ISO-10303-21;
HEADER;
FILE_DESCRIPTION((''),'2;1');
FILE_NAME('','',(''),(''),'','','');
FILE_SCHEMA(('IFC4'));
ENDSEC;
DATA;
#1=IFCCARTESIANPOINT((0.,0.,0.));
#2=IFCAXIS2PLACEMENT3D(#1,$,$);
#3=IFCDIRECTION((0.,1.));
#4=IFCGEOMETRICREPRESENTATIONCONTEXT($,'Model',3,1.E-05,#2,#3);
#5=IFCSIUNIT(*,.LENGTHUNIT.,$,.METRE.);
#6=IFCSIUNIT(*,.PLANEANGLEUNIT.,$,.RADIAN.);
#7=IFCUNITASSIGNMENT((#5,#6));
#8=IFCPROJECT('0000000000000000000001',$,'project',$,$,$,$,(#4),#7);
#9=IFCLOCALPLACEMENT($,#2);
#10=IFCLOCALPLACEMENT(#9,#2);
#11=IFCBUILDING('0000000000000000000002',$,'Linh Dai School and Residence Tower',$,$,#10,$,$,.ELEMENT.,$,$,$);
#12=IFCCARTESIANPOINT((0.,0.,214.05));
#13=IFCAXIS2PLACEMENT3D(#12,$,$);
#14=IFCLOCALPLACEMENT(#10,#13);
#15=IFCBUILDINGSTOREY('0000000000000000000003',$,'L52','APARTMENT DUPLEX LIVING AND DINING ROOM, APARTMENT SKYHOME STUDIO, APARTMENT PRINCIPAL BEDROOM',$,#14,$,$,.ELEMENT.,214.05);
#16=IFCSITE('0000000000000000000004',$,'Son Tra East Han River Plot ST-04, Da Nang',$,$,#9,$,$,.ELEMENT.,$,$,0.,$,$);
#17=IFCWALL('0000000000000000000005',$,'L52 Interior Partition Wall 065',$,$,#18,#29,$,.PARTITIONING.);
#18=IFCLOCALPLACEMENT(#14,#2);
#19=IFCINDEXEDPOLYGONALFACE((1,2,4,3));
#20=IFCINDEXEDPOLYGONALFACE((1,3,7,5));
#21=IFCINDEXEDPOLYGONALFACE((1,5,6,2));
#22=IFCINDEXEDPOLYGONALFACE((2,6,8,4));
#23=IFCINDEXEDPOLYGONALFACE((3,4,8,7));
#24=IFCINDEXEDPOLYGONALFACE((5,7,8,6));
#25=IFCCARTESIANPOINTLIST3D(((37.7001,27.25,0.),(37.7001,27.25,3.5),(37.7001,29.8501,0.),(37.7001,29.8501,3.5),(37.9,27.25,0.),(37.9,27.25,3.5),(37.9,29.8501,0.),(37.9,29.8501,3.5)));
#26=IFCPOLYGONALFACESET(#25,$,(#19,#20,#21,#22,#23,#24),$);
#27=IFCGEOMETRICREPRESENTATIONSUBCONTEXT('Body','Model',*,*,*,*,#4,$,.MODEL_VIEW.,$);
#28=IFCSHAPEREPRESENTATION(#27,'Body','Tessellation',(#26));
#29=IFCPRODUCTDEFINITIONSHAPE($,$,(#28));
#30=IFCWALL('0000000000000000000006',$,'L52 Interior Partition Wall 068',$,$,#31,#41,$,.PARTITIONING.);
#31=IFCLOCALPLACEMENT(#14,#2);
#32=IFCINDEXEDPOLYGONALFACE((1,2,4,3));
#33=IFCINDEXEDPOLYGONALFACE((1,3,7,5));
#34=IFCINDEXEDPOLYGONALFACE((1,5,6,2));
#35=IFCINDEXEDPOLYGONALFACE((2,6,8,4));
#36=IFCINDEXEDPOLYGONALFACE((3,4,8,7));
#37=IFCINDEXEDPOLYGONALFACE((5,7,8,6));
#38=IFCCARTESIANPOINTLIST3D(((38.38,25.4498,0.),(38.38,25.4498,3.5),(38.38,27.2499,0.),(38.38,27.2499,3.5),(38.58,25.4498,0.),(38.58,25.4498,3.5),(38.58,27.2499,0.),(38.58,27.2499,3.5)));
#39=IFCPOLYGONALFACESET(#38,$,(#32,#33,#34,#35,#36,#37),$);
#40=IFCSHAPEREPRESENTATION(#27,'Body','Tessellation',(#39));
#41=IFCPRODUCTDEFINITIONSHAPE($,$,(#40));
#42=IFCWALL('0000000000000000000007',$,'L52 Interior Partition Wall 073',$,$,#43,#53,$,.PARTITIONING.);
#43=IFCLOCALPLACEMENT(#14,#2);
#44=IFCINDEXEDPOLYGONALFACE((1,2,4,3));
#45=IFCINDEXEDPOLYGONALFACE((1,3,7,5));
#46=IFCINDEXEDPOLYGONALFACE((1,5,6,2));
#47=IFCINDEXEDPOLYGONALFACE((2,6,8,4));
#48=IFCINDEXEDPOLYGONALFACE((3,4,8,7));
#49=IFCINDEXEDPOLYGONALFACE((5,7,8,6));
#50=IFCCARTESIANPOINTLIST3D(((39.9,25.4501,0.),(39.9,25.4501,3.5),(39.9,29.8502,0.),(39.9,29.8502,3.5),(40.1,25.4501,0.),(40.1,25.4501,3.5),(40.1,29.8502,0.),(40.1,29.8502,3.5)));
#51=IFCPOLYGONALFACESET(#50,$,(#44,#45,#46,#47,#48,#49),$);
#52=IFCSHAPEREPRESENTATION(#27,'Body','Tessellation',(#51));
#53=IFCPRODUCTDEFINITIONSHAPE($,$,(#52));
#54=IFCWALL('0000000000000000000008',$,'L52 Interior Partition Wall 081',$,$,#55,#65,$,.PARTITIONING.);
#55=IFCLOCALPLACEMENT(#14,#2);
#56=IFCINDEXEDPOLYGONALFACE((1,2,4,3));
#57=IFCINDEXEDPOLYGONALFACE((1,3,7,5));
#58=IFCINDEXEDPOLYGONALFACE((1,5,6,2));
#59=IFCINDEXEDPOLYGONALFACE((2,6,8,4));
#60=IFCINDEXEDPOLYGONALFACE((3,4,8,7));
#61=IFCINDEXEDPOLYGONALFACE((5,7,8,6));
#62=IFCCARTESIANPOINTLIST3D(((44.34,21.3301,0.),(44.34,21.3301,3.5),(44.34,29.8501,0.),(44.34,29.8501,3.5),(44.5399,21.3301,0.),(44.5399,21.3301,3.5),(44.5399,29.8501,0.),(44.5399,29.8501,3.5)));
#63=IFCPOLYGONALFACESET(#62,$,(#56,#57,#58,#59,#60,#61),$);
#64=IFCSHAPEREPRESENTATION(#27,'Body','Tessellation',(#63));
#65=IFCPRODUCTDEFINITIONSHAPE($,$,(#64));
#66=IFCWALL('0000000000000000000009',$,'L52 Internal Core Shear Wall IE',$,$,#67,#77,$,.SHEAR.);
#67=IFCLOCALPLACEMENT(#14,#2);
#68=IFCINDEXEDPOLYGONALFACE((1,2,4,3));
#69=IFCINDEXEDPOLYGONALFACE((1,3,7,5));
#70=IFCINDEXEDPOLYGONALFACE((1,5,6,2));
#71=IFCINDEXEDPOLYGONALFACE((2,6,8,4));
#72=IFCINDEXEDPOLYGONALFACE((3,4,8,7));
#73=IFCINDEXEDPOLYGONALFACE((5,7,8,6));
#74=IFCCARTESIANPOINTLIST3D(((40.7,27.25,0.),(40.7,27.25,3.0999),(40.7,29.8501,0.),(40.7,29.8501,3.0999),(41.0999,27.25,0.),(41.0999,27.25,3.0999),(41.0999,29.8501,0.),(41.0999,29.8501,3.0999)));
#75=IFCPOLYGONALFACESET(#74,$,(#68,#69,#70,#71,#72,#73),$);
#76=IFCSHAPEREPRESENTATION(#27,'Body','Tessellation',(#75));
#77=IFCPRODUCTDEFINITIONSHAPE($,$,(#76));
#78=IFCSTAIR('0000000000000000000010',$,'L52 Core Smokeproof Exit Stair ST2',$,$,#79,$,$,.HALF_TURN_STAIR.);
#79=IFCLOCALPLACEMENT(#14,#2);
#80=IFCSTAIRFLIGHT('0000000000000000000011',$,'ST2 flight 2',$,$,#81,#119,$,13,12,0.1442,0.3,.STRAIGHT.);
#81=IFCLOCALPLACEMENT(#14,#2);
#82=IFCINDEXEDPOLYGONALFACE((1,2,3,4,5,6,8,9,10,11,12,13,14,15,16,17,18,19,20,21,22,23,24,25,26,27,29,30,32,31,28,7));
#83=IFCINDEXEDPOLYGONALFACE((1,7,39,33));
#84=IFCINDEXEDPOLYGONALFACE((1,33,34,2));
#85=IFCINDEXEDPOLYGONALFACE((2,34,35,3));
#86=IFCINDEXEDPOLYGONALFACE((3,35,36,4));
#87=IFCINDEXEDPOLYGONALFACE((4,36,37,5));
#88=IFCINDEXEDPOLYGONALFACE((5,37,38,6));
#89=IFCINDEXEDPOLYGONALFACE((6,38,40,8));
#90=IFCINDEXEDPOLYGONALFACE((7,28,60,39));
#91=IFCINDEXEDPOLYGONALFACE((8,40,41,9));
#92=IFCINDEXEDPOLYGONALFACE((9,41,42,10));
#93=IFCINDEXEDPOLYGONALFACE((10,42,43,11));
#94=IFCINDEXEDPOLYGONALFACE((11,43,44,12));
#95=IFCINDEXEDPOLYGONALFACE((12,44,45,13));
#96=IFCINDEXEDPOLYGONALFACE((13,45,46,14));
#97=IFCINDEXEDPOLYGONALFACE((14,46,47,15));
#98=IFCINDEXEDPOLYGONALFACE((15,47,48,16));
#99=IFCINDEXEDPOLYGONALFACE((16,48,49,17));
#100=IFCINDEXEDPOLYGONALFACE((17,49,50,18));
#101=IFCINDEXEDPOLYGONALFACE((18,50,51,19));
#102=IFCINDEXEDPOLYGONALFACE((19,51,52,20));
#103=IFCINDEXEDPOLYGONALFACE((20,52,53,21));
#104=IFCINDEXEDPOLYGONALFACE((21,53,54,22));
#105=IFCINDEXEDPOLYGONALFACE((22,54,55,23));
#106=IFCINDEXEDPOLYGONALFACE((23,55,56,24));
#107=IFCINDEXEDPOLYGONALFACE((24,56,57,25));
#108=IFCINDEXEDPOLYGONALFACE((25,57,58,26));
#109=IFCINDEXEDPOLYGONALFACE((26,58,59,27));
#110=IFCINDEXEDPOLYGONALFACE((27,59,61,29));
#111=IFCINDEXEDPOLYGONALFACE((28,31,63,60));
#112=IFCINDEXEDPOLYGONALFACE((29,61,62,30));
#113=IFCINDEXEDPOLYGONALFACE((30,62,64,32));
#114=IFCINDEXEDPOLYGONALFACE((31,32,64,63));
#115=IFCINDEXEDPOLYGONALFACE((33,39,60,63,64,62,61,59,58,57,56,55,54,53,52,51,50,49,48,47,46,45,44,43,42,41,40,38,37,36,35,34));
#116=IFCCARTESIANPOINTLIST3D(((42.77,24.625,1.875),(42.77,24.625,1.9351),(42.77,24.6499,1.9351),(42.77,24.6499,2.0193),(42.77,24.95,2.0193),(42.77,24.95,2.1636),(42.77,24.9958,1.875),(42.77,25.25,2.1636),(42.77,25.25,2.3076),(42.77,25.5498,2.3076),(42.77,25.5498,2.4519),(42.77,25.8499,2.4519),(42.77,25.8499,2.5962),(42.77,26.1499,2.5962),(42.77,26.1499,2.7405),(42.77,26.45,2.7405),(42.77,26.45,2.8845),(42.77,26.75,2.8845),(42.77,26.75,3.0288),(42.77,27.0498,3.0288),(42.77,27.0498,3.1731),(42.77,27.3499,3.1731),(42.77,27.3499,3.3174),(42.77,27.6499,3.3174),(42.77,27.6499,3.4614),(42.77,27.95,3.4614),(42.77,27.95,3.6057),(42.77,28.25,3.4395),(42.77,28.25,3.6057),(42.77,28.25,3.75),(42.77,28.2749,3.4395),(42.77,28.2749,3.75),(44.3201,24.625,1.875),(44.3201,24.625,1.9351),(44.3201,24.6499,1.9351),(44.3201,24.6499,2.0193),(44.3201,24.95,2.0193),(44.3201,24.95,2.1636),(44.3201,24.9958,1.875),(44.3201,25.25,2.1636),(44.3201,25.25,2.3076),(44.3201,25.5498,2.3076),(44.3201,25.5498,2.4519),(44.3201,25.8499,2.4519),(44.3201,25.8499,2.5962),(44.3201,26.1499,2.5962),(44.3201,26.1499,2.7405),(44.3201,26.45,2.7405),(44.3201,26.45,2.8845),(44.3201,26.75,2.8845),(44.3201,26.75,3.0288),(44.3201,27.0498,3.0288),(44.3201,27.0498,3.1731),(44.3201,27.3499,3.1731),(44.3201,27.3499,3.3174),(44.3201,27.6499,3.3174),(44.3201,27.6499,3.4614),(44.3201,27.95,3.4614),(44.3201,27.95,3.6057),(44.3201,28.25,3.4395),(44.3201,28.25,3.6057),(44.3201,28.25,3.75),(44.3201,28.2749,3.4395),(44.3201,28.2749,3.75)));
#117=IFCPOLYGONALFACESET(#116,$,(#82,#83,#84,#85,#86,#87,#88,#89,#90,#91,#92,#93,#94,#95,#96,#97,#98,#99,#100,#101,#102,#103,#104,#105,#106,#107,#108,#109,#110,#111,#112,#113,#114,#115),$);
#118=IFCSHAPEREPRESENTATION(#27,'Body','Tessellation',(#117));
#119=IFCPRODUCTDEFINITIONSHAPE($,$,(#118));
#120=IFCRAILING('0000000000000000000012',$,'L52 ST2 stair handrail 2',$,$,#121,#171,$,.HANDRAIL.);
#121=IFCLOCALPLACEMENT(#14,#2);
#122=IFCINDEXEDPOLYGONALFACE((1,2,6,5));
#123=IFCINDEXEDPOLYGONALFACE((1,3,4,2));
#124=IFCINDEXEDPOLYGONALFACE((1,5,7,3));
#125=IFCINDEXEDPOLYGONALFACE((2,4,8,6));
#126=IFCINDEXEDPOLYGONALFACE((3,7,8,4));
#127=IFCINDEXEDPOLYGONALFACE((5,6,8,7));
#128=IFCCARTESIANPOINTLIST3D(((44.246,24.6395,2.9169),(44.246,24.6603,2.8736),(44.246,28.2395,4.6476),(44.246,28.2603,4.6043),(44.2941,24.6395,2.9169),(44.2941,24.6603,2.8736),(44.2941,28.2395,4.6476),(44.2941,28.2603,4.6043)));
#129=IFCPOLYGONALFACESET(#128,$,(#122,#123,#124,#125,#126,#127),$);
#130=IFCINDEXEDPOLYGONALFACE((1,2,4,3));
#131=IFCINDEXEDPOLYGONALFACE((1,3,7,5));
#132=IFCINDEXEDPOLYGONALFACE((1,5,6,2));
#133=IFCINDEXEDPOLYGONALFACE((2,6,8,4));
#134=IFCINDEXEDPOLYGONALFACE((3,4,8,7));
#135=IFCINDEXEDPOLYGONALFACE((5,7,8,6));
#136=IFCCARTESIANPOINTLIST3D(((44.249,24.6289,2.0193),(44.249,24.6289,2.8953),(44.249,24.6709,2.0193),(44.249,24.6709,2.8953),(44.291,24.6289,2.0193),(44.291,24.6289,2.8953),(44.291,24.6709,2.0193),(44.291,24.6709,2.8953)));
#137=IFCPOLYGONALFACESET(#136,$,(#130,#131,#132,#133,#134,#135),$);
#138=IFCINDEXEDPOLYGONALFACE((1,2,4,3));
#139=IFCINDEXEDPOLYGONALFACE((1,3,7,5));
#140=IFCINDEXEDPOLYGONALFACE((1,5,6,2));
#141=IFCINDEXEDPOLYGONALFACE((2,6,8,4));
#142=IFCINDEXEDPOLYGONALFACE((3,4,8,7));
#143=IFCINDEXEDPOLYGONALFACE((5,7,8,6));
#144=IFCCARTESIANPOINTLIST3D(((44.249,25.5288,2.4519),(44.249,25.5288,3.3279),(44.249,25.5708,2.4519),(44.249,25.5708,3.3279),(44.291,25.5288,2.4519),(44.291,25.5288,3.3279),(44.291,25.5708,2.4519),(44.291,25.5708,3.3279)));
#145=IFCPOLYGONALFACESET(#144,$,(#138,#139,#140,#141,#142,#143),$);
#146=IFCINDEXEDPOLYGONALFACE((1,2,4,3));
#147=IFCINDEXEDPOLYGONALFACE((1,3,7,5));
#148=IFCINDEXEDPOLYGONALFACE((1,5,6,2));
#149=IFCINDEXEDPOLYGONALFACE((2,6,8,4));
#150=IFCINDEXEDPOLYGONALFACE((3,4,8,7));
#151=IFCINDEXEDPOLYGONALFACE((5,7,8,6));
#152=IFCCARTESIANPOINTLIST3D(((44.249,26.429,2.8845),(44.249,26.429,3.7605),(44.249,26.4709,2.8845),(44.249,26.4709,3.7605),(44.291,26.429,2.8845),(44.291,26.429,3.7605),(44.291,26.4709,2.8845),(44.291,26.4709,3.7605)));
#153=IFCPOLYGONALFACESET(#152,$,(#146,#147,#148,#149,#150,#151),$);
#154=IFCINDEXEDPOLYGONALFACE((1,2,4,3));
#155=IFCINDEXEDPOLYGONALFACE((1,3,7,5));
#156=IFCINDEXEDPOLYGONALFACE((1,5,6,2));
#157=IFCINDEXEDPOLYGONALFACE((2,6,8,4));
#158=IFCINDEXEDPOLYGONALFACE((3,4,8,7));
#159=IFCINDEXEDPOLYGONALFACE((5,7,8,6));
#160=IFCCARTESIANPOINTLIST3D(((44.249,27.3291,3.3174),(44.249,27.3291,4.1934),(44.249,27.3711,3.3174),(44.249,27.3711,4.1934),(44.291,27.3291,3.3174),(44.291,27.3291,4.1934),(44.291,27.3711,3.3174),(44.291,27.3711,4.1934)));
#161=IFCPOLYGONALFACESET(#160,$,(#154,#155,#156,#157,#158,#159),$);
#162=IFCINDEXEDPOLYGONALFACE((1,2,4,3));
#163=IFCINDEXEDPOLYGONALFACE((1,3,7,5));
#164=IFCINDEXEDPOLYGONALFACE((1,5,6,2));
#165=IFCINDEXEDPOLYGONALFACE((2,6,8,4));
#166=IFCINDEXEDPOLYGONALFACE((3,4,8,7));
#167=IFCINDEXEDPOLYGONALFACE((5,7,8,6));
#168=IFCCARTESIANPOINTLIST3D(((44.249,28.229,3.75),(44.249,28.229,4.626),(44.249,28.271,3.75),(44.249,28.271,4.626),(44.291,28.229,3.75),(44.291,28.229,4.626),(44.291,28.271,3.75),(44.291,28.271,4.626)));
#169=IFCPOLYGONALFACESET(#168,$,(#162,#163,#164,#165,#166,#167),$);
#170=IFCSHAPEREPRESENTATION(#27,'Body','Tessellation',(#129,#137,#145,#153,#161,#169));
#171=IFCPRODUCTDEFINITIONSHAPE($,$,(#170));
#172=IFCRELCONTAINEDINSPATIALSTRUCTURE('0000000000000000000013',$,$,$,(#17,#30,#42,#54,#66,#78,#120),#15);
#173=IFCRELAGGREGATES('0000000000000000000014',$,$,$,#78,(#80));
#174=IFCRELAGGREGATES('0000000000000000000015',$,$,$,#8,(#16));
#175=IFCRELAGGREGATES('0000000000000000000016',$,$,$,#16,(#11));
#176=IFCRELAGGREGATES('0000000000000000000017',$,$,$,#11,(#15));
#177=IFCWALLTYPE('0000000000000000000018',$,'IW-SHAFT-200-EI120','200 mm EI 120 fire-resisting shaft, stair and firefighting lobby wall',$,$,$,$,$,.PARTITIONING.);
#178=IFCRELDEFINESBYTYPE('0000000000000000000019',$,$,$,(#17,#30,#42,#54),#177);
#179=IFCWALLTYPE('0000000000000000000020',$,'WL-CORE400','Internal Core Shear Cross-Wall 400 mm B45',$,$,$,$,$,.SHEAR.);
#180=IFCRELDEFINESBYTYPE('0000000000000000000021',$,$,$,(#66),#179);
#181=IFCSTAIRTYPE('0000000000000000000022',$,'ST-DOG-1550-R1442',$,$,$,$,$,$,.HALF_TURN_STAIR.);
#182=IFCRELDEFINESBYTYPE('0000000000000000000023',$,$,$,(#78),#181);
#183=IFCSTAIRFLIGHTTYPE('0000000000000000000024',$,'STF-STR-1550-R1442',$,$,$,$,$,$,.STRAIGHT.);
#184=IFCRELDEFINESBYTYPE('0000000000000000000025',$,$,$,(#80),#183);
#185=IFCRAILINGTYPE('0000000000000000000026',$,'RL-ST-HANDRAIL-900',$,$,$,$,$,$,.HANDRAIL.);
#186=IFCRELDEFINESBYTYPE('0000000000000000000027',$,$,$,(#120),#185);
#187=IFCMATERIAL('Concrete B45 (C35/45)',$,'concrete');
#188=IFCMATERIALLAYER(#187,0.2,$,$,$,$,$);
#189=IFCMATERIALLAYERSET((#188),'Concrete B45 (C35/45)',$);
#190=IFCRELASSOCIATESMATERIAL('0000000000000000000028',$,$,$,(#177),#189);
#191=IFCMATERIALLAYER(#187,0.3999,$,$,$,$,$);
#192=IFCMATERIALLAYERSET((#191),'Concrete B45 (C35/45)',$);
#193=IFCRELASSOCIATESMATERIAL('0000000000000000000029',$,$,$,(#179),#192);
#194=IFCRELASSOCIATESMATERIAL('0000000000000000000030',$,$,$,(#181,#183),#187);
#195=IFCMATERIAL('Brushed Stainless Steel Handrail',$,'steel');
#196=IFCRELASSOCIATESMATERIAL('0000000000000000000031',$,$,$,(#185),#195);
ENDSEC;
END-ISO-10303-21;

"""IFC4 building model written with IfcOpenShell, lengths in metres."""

from ifc_helpers import new_model, si_unit, direction, frame, frame_2d, origin, origin_2d, place, context, subcontext, project, spatial, polyline, rectangle, outline, extrude, source, transform, mapped, material, layer, layer_set, type_object, element, aggregate, save


model = new_model("IFC4")

# Units and contexts
model_context = context("Model", 3, precision=1e-05, world=origin(), true_north=direction((0.0, 1.0)))
body_context = subcontext(model_context, "Body", "Model", "MODEL_VIEW")
ifc_project = project(units=[si_unit("LENGTHUNIT", "METRE"), si_unit("PLANEANGLEUNIT", "RADIAN")], contexts=[model_context])

# Site, building, storey
site_placement = place(None, origin())
site = spatial("IfcSite", under=ifc_project, at=site_placement, Name="Son Tra East Han River Plot ST-04, Da Nang", CompositionType="ELEMENT", RefElevation=0.0)
building_placement = place(site_placement, origin())
building = spatial("IfcBuilding", under=site, at=building_placement, Name="Linh Dai School and Residence Tower", CompositionType="ELEMENT")
storey_placement = place(building_placement, frame((0.0, 0.0, 214.05)))
storey = spatial("IfcBuildingStorey", under=building, at=storey_placement, Name="L52", Description="APARTMENT DUPLEX LIVING AND DINING ROOM, APARTMENT SKYHOME STUDIO, APARTMENT PRINCIPAL BEDROOM", CompositionType="ELEMENT", Elevation=214.05)

# Walls
ifc_material_1 = material(Name="Concrete B45 (C35/45)", Category="concrete")
ifc_layer_1 = layer(ifc_material_1, 0.2)
ifc_layer_set_1 = layer_set([ifc_layer_1], Name="Concrete B45 (C35/45)")
wall_type_1 = type_object("IfcWallType", Name="IW-SHAFT-200-EI120", Description="200 mm EI 120 fire-resisting shaft, stair and firefighting lobby wall", PredefinedType="PARTITIONING", material=ifc_layer_set_1)
wall_1_placement = place(storey_placement, frame((37.8, 27.25, 0.0), z_axis=(0.0, 0.0, 1.0), x_axis=(0.0, 1.0, 0.0)))
element("IfcWall", 1, at=wall_1_placement, inside=storey, type_object=wall_type_1, Name="L52 Interior Partition Wall 065", PredefinedType="PARTITIONING", context=body_context, shape_type="SweptSolid", body=[
    extrude(rectangle(XDim=2.6001, YDim=0.2, at=frame_2d((1.3, 0.0))), origin(), (0.0, 0.0, 1.0), 3.5),
])
wall_2_placement = place(storey_placement, frame((38.48, 25.45, 0.0), z_axis=(0.0, 0.0, 1.0), x_axis=(0.0, 1.0, 0.0)))
element("IfcWall", 2, at=wall_2_placement, inside=storey, type_object=wall_type_1, Name="L52 Interior Partition Wall 068", PredefinedType="PARTITIONING", context=body_context, shape_type="SweptSolid", body=[
    extrude(rectangle(XDim=1.8, YDim=0.2, at=frame_2d((0.8999, 0.0))), origin(), (0.0, 0.0, 1.0), 3.5),
])
wall_3_placement = place(storey_placement, frame((40.0, 25.45, 0.0), z_axis=(0.0, 0.0, 1.0), x_axis=(0.0, 1.0, 0.0)))
element("IfcWall", 3, at=wall_3_placement, inside=storey, type_object=wall_type_1, Name="L52 Interior Partition Wall 073", PredefinedType="PARTITIONING", context=body_context, shape_type="SweptSolid", body=[
    extrude(rectangle(XDim=4.4001, YDim=0.2, at=frame_2d((2.2002, 0.0))), origin(), (0.0, 0.0, 1.0), 3.5),
])
wall_4_placement = place(storey_placement, frame((44.4399, 21.3301, 0.0), z_axis=(0.0, 0.0, 1.0), x_axis=(0.0, 1.0, 0.0)))
element("IfcWall", 4, at=wall_4_placement, inside=storey, type_object=wall_type_1, Name="L52 Interior Partition Wall 081", PredefinedType="PARTITIONING", context=body_context, shape_type="SweptSolid", body=[
    extrude(rectangle(XDim=8.52, YDim=0.2, at=frame_2d((4.26, 0.0))), origin(), (0.0, 0.0, 1.0), 3.5),
])
ifc_layer_2 = layer(ifc_material_1, 0.3999)
ifc_layer_set_2 = layer_set([ifc_layer_2], Name="Concrete B45 (C35/45)")
wall_type_2 = type_object("IfcWallType", Name="WL-CORE400", Description="Internal Core Shear Cross-Wall 400 mm B45", PredefinedType="SHEAR", material=ifc_layer_set_2)
wall_5_placement = place(storey_placement, frame((40.8999, 27.25, 0.0), z_axis=(0.0, 0.0, 1.0), x_axis=(0.0, 1.0, 0.0)))
element("IfcWall", 5, at=wall_5_placement, inside=storey, type_object=wall_type_2, Name="L52 Internal Core Shear Wall IE", PredefinedType="SHEAR", context=body_context, shape_type="SweptSolid", body=[
    extrude(rectangle(XDim=2.6001, YDim=0.3999, at=frame_2d((1.3, 0.0))), origin(), (0.0, 0.0, 1.0), 3.0999),
])

# Stair, stair flight
stair_type = type_object("IfcStairType", Name="ST-DOG-1550-R1442", PredefinedType="HALF_TURN_STAIR", material=ifc_material_1)
stair_placement = place(storey_placement, origin())
stair = element("IfcStair", 6, at=stair_placement, inside=storey, type_object=stair_type, Name="L52 Core Smokeproof Exit Stair ST2", PredefinedType="HALF_TURN_STAIR")
stair_flight_type = type_object("IfcStairFlightType", Name="STF-STR-1550-R1442", PredefinedType="STRAIGHT", material=ifc_material_1)
shared_shape_1 = source(origin(), body_context, "Body", "SweptSolid", [
    extrude(outline(polyline([(-0.0249, 0.0), (-0.0249, 0.0601), (0.0, 0.0601), (0.0, 0.1443), (0.3, 0.1443), (0.3, 0.2886), (0.6001, 0.2886), (0.6001, 0.4326), (0.8999, 0.4326), (0.8999, 0.5769), (1.2, 0.5769), (1.2, 0.7212), (1.5, 0.7212), (1.5, 0.8655), (1.8, 0.8655), (1.8, 1.0095), (2.1001, 1.0095), (2.1001, 1.1538), (2.3999, 1.1538), (2.3999, 1.2981), (2.7, 1.2981), (2.7, 1.4424), (3.0, 1.4424), (3.0, 1.5864), (3.3, 1.5864), (3.3, 1.7307), (3.6001, 1.7307), (3.6001, 1.875), (3.625, 1.875), (3.625, 1.5645), (3.6001, 1.5645), (0.3459, 0.0), (-0.0249, 0.0)])), frame((0.0, 0.7749, 0.0), z_axis=(0.0, -1.0, 0.0), x_axis=(1.0, 0.0, 0.0)), (0.0, 0.0, 1.0), 1.55),
])
stair_flight_placement = place(storey_placement, frame((43.5449, 24.6499, 1.875), z_axis=(0.0, 0.0, 1.0), x_axis=(0.0, 1.0, 0.0)))
stair_flight = element("IfcStairFlight", 7, at=stair_flight_placement, type_object=stair_flight_type, Name="ST2 flight 2", NumberOfRisers=13, NumberOfTreads=12, PredefinedType="STRAIGHT", RiserHeight=0.1442, TreadLength=0.3, context=body_context, shape_type="MappedRepresentation", body=[
    mapped(shared_shape_1, transform((0.0, 0.0, 0.0), x_axis=(1.0, 0.0, 0.0), y_axis=(0.0, 1.0, 0.0), z_axis=(0.0, 0.0, 1.0), scale=1.0)),
])
aggregate(stair, [stair_flight])

# Railing
ifc_material_2 = material(Name="Brushed Stainless Steel Handrail", Category="steel")
railing_type_1 = type_object("IfcRailingType", Name="RL-ST-HANDRAIL-900", PredefinedType="HANDRAIL", material=ifc_material_2)
shared_shape_2 = source(origin(), body_context, "Body", "SweptSolid", [
    extrude(rectangle(XDim=0.0481, YDim=0.0481, at=origin_2d()), frame((0.0, 0.0, 0.876), z_axis=(0.0, 0.901263, 0.433273), x_axis=(-1.0, 0.0, 0.0)), (0.0, 0.0, 1.0), 3.9944),
    extrude(rectangle(XDim=0.042, YDim=0.042, at=origin_2d()), origin(), (0.0, 0.0, 1.0), 0.876),
    extrude(rectangle(XDim=0.042, YDim=0.042, at=origin_2d()), frame((0.0, 0.8999, 0.4326)), (0.0, 0.0, 1.0), 0.876),
    extrude(rectangle(XDim=0.042, YDim=0.042, at=origin_2d()), frame((0.0, 1.8, 0.8652)), (0.0, 0.0, 1.0), 0.876),
    extrude(rectangle(XDim=0.042, YDim=0.042, at=origin_2d()), frame((0.0, 2.7002, 1.2981)), (0.0, 0.0, 1.0), 0.876),
    extrude(rectangle(XDim=0.042, YDim=0.042, at=origin_2d()), frame((0.0, 3.6001, 1.7307)), (0.0, 0.0, 1.0), 0.876),
])
railing_1_placement = place(storey_placement, frame((44.27, 24.6499, 2.0193)))
element("IfcRailing", 8, at=railing_1_placement, inside=storey, type_object=railing_type_1, Name="L52 ST2 stair handrail 2", PredefinedType="HANDRAIL", context=body_context, shape_type="MappedRepresentation", body=[
    mapped(shared_shape_2, transform((0.0, 0.0, 0.0), x_axis=(1.0, 0.0, 0.0), y_axis=(0.0, 1.0, 0.0), z_axis=(0.0, 0.0, 1.0), scale=1.0)),
])

save(model, "model.ifc")
